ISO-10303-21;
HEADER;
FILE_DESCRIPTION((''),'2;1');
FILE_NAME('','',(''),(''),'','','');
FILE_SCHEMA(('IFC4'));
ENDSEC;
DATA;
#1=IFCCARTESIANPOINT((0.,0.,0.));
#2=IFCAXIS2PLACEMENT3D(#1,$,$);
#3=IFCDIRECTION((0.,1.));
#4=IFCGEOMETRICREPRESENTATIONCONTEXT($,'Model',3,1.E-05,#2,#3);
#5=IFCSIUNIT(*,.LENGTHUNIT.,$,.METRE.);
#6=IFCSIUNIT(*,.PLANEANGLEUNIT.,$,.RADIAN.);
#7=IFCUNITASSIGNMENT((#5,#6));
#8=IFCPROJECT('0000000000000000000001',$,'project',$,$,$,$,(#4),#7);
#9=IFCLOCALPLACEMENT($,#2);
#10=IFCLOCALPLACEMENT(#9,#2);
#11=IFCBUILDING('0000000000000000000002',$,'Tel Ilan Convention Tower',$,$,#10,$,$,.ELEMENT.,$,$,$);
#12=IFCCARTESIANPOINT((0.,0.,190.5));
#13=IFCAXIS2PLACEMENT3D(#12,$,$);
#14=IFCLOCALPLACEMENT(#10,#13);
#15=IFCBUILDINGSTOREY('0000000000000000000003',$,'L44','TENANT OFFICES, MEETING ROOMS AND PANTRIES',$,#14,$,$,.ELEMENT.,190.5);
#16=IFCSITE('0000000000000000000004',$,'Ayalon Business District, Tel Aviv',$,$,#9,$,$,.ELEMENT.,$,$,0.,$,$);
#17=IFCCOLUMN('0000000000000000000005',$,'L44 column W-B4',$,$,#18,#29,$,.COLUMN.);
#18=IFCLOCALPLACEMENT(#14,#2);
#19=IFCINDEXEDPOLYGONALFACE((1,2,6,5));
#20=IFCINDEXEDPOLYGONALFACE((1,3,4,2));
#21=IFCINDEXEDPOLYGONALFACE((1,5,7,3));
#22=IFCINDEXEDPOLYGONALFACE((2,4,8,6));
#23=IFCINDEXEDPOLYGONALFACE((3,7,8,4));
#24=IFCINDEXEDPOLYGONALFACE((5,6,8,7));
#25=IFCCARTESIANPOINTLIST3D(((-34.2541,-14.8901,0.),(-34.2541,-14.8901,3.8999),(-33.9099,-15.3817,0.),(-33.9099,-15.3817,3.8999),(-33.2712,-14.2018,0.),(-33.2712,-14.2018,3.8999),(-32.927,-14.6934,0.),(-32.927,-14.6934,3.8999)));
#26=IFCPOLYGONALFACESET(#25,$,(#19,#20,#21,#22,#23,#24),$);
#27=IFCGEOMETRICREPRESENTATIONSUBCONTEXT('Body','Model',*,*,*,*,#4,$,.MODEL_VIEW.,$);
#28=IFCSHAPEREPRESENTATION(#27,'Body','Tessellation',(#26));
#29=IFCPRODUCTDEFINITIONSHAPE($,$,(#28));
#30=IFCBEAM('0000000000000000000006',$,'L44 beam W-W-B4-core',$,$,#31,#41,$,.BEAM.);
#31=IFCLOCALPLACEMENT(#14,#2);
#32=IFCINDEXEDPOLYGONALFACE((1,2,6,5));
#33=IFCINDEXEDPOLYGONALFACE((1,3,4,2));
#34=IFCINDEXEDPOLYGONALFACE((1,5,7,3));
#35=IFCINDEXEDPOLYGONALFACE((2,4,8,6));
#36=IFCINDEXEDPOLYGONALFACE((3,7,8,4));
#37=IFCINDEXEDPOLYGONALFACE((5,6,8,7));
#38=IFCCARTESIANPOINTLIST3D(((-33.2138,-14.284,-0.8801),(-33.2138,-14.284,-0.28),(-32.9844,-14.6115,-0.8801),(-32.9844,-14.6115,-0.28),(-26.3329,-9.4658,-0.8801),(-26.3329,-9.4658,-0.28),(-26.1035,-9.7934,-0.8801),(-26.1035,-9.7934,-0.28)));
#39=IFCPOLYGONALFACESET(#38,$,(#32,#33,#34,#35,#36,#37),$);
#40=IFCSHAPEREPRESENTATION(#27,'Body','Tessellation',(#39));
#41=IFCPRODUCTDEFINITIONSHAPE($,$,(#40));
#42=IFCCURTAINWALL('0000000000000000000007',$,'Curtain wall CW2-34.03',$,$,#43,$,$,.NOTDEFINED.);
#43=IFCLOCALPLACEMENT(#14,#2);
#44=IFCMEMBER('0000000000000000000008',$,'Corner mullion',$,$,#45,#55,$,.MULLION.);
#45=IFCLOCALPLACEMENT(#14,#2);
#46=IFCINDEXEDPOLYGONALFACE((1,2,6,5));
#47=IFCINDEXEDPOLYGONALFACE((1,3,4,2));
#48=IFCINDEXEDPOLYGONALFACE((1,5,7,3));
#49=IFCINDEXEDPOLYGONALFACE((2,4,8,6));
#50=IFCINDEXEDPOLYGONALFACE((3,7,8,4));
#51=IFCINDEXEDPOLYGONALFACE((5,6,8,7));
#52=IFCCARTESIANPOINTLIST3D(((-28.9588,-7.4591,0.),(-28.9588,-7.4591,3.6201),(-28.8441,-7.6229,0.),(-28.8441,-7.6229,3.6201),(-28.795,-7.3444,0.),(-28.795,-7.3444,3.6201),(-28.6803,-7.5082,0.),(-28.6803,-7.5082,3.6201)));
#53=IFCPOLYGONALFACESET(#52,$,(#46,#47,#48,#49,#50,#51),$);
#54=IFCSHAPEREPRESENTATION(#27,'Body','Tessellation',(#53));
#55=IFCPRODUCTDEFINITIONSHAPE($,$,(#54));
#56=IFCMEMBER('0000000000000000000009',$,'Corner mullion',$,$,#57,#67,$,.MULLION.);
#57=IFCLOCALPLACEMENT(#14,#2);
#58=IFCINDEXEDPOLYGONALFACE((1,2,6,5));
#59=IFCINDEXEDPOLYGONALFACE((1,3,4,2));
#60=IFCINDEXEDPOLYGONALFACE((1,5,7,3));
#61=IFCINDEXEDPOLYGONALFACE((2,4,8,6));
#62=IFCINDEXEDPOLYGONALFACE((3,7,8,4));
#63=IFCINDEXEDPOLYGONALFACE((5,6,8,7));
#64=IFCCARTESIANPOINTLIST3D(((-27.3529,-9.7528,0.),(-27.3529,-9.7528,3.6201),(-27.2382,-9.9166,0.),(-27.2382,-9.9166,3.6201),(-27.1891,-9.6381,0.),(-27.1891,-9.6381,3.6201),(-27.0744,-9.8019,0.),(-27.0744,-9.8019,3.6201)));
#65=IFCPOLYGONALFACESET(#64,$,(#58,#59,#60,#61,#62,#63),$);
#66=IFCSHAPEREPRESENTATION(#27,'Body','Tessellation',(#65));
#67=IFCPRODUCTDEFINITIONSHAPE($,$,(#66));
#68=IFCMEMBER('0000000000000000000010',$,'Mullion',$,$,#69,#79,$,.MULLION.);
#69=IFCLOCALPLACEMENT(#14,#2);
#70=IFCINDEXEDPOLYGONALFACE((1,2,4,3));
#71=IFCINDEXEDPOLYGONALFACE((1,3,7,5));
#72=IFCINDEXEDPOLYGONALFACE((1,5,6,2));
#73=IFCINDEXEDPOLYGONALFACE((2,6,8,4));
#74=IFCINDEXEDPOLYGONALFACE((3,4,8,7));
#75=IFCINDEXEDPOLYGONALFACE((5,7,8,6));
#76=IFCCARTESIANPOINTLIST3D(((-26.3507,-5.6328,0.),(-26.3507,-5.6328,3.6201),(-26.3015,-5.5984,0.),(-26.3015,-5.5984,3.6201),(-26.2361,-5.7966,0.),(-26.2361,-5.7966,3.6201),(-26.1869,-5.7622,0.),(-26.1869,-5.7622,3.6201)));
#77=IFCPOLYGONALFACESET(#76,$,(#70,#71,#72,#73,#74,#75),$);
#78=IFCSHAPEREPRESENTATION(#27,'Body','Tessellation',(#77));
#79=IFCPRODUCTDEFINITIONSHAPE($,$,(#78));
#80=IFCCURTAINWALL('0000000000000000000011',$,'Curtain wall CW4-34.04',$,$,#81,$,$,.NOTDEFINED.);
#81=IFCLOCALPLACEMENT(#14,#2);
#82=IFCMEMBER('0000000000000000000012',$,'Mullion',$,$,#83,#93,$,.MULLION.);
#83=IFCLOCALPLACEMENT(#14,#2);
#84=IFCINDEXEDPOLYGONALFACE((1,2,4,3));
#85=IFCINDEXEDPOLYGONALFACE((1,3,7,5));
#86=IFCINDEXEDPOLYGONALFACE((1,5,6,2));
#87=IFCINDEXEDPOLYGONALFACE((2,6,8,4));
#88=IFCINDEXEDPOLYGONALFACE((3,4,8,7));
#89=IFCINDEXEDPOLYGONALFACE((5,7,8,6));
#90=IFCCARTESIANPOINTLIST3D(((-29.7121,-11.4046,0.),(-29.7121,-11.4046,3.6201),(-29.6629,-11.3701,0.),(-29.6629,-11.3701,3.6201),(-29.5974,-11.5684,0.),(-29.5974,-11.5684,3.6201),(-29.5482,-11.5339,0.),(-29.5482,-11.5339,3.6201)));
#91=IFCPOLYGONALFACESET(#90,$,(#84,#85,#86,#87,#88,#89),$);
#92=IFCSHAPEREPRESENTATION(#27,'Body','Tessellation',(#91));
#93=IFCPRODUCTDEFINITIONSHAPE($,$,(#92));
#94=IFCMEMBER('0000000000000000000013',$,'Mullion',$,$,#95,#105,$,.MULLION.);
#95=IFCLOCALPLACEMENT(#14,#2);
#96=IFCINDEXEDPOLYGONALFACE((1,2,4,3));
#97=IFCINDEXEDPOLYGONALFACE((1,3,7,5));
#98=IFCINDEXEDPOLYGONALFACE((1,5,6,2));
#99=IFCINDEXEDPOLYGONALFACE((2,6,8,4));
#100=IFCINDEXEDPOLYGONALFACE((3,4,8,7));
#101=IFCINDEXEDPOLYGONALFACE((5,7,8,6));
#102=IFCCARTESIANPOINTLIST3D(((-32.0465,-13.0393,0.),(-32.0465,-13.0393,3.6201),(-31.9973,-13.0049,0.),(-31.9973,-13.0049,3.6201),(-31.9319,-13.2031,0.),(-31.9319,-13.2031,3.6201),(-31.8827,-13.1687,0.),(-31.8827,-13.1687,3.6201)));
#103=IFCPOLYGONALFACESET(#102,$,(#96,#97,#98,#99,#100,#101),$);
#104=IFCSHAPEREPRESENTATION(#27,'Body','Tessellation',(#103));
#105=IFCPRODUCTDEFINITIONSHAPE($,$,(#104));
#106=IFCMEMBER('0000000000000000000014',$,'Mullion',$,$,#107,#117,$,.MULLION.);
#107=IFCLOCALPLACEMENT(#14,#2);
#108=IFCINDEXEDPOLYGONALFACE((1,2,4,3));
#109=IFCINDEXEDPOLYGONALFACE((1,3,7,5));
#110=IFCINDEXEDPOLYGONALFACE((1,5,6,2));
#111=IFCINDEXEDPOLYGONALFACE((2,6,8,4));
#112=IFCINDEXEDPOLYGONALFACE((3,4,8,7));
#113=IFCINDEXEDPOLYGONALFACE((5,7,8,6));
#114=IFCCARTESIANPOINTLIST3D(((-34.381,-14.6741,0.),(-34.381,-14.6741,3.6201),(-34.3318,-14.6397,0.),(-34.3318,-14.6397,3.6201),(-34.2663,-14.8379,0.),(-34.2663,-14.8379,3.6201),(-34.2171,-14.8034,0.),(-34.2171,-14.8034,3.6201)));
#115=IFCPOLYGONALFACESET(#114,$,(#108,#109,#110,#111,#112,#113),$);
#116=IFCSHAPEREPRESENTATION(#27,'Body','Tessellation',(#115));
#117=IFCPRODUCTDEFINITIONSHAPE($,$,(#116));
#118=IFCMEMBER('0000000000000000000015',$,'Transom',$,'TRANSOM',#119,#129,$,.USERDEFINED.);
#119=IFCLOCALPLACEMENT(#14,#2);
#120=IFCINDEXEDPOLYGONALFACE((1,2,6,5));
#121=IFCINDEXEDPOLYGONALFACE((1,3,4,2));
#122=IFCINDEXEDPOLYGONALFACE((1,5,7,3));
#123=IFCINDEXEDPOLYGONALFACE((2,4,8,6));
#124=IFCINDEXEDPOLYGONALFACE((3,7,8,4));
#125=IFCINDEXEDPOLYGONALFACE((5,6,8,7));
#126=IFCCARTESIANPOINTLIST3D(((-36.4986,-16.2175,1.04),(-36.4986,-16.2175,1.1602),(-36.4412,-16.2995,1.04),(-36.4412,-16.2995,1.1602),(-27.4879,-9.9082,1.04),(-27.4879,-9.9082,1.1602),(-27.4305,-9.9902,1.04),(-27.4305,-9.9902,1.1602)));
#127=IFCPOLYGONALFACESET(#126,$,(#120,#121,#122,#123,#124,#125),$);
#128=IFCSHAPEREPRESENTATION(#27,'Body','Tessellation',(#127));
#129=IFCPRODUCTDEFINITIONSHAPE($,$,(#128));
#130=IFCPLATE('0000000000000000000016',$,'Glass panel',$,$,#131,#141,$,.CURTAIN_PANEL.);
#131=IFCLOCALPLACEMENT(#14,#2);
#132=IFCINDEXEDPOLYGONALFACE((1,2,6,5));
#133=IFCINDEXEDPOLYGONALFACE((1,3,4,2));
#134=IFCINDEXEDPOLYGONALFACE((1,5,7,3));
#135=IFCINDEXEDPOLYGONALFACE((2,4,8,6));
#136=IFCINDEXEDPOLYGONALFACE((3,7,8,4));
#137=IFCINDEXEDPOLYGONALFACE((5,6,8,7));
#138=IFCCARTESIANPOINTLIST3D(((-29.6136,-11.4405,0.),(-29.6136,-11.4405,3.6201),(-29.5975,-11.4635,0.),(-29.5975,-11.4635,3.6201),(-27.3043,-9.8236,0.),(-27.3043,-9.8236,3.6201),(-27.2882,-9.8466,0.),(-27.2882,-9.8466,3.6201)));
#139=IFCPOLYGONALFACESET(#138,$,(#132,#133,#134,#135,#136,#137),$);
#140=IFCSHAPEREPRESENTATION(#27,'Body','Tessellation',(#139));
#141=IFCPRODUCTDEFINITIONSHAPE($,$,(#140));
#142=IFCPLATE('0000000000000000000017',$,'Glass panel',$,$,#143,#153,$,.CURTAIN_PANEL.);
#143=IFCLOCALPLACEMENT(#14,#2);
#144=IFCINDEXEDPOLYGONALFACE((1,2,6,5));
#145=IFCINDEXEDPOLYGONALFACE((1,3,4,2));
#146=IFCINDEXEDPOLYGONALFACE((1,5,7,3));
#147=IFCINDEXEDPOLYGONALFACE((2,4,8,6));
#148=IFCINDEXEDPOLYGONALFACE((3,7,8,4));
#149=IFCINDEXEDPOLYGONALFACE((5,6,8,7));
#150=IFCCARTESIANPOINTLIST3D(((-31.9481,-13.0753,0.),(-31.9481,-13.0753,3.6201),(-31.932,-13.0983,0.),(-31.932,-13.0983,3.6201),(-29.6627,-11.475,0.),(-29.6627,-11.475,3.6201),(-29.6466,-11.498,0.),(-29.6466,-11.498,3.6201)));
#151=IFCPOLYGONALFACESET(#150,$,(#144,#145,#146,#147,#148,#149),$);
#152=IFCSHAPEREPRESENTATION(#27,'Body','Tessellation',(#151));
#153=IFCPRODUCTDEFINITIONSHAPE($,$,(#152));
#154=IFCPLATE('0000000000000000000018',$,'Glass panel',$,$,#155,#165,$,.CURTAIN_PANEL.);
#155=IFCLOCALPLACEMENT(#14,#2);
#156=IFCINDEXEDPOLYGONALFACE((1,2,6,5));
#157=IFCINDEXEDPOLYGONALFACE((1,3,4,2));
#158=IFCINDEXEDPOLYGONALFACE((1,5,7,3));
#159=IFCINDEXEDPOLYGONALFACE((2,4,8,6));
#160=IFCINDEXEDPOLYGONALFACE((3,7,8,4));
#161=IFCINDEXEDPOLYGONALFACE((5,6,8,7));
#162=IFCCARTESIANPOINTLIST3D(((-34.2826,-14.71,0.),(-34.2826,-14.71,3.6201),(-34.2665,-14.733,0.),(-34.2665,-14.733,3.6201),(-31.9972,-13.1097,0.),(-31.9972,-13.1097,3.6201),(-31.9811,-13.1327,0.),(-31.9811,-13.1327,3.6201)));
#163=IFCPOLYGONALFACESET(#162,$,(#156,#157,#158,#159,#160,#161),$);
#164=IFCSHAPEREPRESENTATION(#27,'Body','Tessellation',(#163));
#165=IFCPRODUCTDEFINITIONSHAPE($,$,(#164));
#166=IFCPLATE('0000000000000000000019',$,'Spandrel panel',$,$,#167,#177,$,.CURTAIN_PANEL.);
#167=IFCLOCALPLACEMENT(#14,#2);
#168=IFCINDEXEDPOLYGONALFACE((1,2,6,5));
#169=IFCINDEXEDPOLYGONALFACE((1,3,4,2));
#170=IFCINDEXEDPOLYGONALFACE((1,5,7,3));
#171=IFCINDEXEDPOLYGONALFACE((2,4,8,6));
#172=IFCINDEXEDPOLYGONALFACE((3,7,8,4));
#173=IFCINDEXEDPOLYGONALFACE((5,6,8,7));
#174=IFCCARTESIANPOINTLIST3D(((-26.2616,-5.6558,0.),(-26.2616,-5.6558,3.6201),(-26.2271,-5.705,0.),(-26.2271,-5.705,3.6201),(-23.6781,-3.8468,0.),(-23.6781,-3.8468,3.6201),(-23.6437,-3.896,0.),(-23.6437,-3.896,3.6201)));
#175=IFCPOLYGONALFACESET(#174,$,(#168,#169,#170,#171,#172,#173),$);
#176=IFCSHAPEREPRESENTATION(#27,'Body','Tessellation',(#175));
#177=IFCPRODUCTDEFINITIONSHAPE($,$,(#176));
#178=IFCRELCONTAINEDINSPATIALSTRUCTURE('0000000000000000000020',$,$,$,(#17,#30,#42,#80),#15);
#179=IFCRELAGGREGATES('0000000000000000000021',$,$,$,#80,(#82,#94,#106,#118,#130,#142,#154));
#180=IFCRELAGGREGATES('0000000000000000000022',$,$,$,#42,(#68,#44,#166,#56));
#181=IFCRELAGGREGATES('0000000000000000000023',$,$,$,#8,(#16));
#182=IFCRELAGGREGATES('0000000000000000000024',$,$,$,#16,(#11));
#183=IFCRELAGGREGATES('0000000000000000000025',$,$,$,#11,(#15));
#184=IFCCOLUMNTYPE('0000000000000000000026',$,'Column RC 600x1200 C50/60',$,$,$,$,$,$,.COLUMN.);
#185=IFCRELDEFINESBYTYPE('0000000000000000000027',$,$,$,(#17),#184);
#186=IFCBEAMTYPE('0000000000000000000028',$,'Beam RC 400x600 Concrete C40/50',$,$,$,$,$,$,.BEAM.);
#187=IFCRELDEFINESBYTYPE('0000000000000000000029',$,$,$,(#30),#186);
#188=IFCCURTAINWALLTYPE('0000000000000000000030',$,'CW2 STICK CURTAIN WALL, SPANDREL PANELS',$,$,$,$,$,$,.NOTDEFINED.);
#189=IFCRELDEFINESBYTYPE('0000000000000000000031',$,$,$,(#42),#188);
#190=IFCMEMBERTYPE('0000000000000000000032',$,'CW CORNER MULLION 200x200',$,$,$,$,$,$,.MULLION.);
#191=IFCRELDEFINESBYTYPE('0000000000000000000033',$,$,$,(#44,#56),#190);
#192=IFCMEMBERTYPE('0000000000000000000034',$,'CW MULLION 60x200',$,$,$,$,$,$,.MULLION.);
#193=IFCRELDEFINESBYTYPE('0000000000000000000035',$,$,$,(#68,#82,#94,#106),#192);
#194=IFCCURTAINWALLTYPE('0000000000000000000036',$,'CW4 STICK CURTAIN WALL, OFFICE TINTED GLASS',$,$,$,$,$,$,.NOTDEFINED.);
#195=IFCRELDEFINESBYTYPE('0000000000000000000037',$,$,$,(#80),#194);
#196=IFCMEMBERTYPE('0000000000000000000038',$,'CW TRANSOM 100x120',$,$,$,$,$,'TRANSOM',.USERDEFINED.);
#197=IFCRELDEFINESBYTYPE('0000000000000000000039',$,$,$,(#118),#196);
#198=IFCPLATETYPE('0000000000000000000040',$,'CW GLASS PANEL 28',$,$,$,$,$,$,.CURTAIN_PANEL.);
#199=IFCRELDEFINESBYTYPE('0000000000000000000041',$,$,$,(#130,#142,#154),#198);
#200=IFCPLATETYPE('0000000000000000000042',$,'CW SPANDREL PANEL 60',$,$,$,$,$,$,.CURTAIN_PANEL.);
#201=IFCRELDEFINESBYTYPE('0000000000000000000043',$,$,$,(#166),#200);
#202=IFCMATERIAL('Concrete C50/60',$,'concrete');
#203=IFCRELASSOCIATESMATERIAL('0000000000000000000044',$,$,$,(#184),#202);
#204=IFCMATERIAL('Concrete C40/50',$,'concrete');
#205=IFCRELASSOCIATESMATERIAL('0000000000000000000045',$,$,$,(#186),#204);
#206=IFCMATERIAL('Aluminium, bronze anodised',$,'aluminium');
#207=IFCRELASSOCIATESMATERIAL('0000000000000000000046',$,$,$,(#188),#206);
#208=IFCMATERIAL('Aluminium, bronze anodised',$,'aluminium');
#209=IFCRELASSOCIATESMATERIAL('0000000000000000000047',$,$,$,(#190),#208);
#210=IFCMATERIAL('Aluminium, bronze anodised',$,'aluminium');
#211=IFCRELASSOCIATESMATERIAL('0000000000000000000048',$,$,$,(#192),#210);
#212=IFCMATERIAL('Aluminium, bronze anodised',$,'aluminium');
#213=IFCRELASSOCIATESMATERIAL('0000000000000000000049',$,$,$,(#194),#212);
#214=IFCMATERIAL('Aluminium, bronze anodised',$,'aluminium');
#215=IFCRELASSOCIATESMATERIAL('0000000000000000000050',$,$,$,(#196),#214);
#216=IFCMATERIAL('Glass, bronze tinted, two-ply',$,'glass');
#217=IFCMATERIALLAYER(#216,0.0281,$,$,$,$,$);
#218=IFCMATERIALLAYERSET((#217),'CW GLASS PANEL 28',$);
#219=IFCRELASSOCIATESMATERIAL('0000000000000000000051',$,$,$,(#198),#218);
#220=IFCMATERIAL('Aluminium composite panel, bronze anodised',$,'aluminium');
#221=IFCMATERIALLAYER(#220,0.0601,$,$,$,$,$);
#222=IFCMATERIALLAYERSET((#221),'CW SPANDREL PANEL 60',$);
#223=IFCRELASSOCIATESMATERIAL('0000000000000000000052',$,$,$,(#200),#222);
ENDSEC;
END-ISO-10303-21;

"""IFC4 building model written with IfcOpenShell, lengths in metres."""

from ifc_helpers import new_model, si_unit, direction, frame, origin, origin_2d, place, context, subcontext, project, spatial, rectangle, extrude, material, layer, layer_set, material_profile, profile_set, type_object, element, aggregate, save


model = new_model("IFC4")

# Units and contexts
model_context = context("Model", 3, precision=1e-05, world=origin(), true_north=direction((0.0, 1.0)))
body_context = subcontext(model_context, "Body", "Model", "MODEL_VIEW")
ifc_project = project(units=[si_unit("LENGTHUNIT", "METRE"), si_unit("PLANEANGLEUNIT", "RADIAN")], contexts=[model_context])

# Site, building, storey
site_placement = place(None, origin())
site = spatial("IfcSite", under=ifc_project, at=site_placement, Name="Ayalon Business District, Tel Aviv", CompositionType="ELEMENT", RefElevation=0.0)
building_placement = place(site_placement, origin())
building = spatial("IfcBuilding", under=site, at=building_placement, Name="Tel Ilan Convention Tower", CompositionType="ELEMENT")
storey_placement = place(building_placement, frame((0.0, 0.0, 190.5)))
storey = spatial("IfcBuildingStorey", under=building, at=storey_placement, Name="L44", Description="TENANT OFFICES, MEETING ROOMS AND PANTRIES", CompositionType="ELEMENT", Elevation=190.5)

# Column
ifc_material_1 = material(Name="Concrete C50/60", Category="concrete")
ifc_material_profile_1 = material_profile(ifc_material_1, rectangle(XDim=1.2, YDim=0.6001, at=origin_2d()), Name="RC 600x1200")
ifc_profile_set_1 = profile_set([ifc_material_profile_1], Name="Concrete C50/60")
column_type = type_object("IfcColumnType", Name="Column RC 600x1200 C50/60", PredefinedType="COLUMN", material=ifc_profile_set_1)
column_placement = place(storey_placement, frame((-33.5906, -14.7917, 0.0), z_axis=(0.0, 0.0, 1.0), x_axis=(-0.819152, -0.573576, 0.0)))
element("IfcColumn", 1, at=column_placement, inside=storey, type_object=column_type, Name="L44 column W-B4", PredefinedType="COLUMN", context=body_context, shape_type="SweptSolid", body=[
    extrude(rectangle(XDim=1.2, YDim=0.6001, at=origin_2d()), origin(), (0.0, 0.0, 1.0), 3.8999),
])

# Beam
ifc_material_2 = material(Name="Concrete C40/50", Category="concrete")
ifc_material_profile_2 = material_profile(ifc_material_2, rectangle(XDim=0.3999, YDim=0.6001, at=origin_2d()), Name="RC 400x600")
ifc_profile_set_2 = profile_set([ifc_material_profile_2], Name="Concrete C40/50")
beam_type = type_object("IfcBeamType", Name="Beam RC 400x600 Concrete C40/50", PredefinedType="BEAM", material=ifc_profile_set_2)
beam_placement = place(storey_placement, frame((-33.0991, -14.4478, -0.5801), z_axis=(0.819147, 0.573583, 0.0), x_axis=(-0.573583, 0.819147, 0.0)))
element("IfcBeam", 2, at=beam_placement, inside=storey, type_object=beam_type, Name="L44 beam W-W-B4-core", PredefinedType="BEAM", context=body_context, shape_type="SweptSolid", body=[
    extrude(rectangle(XDim=0.3999, YDim=0.6001, at=origin_2d()), origin(), (0.0, 0.0, 1.0), 8.4001),
])

# Curtain wall, members
ifc_material_3 = material(Name="Aluminium, bronze anodised", Category="aluminium")
curtain_wall_type_1 = type_object("IfcCurtainWallType", Name="CW2 STICK CURTAIN WALL, SPANDREL PANELS", PredefinedType="NOTDEFINED", material=ifc_material_3)
curtain_wall_1_placement = place(storey_placement, origin())
curtain_wall_1 = element("IfcCurtainWall", 3, at=curtain_wall_1_placement, inside=storey, type_object=curtain_wall_type_1, Name="Curtain wall CW2-34.03", PredefinedType="NOTDEFINED")
ifc_material_4 = material(Name="Aluminium, bronze anodised", Category="aluminium")
ifc_material_profile_3 = material_profile(ifc_material_4, rectangle(XDim=0.2, YDim=0.2, at=origin_2d()), Name="CW CORNER MULLION 200x200")
ifc_profile_set_3 = profile_set([ifc_material_profile_3], Name="Aluminium, bronze anodised")
member_type_1 = type_object("IfcMemberType", Name="CW CORNER MULLION 200x200", PredefinedType="MULLION", material=ifc_profile_set_3)
member_1_placement = place(storey_placement, frame((-28.8196, -7.4836, 0.0), z_axis=(0.0, 0.0, 1.0), x_axis=(-0.819152, -0.573576, 0.0)))
member_1 = element("IfcMember", 4, at=member_1_placement, type_object=member_type_1, Name="Corner mullion", PredefinedType="MULLION", context=body_context, shape_type="SweptSolid", body=[
    extrude(rectangle(XDim=0.2, YDim=0.2, at=origin_2d()), origin(), (0.0, 0.0, 1.0), 3.6201),
])
member_2_placement = place(storey_placement, frame((-27.2136, -9.7773, 0.0), z_axis=(0.0, 0.0, 1.0), x_axis=(0.573576, -0.819152, 0.0)))
member_2 = element("IfcMember", 5, at=member_2_placement, type_object=member_type_1, Name="Corner mullion", PredefinedType="MULLION", context=body_context, shape_type="SweptSolid", body=[
    extrude(rectangle(XDim=0.2, YDim=0.2, at=origin_2d()), origin(), (0.0, 0.0, 1.0), 3.6201),
])
ifc_material_5 = material(Name="Aluminium, bronze anodised", Category="aluminium")
ifc_material_profile_4 = material_profile(ifc_material_5, rectangle(XDim=0.0601, YDim=0.2, at=origin_2d()), Name="CW MULLION 60x200")
ifc_profile_set_4 = profile_set([ifc_material_profile_4], Name="Aluminium, bronze anodised")
member_type_2 = type_object("IfcMemberType", Name="CW MULLION 60x200", PredefinedType="MULLION", material=ifc_profile_set_4)
member_3_placement = place(storey_placement, frame((-26.2688, -5.6975, 0.0), z_axis=(0.0, 0.0, 1.0), x_axis=(-0.819152, -0.573576, 0.0)))
member_3 = element("IfcMember", 6, at=member_3_placement, type_object=member_type_2, Name="Mullion", PredefinedType="MULLION", context=body_context, shape_type="SweptSolid", body=[
    extrude(rectangle(XDim=0.0601, YDim=0.2, at=origin_2d()), origin(), (0.0, 0.0, 1.0), 3.6201),
])

# Curtain wall, members, plates
ifc_material_6 = material(Name="Aluminium, bronze anodised", Category="aluminium")
curtain_wall_type_2 = type_object("IfcCurtainWallType", Name="CW4 STICK CURTAIN WALL, OFFICE TINTED GLASS", PredefinedType="NOTDEFINED", material=ifc_material_6)
curtain_wall_2_placement = place(storey_placement, origin())
curtain_wall_2 = element("IfcCurtainWall", 7, at=curtain_wall_2_placement, inside=storey, type_object=curtain_wall_type_2, Name="Curtain wall CW4-34.04", PredefinedType="NOTDEFINED")
member_4_placement = place(storey_placement, frame((-29.6301, -11.4692, 0.0), z_axis=(0.0, 0.0, 1.0), x_axis=(-0.819152, -0.573576, 0.0)))
member_4 = element("IfcMember", 8, at=member_4_placement, type_object=member_type_2, Name="Mullion", PredefinedType="MULLION", context=body_context, shape_type="SweptSolid", body=[
    extrude(rectangle(XDim=0.0601, YDim=0.2, at=origin_2d()), origin(), (0.0, 0.0, 1.0), 3.6201),
])
member_5_placement = place(storey_placement, frame((-31.9646, -13.104, 0.0), z_axis=(0.0, 0.0, 1.0), x_axis=(-0.819152, -0.573576, 0.0)))
member_5 = element("IfcMember", 9, at=member_5_placement, type_object=member_type_2, Name="Mullion", PredefinedType="MULLION", context=body_context, shape_type="SweptSolid", body=[
    extrude(rectangle(XDim=0.0601, YDim=0.2, at=origin_2d()), origin(), (0.0, 0.0, 1.0), 3.6201),
])
member_6_placement = place(storey_placement, frame((-34.2991, -14.7388, 0.0), z_axis=(0.0, 0.0, 1.0), x_axis=(-0.819152, -0.573576, 0.0)))
member_6 = element("IfcMember", 10, at=member_6_placement, type_object=member_type_2, Name="Mullion", PredefinedType="MULLION", context=body_context, shape_type="SweptSolid", body=[
    extrude(rectangle(XDim=0.0601, YDim=0.2, at=origin_2d()), origin(), (0.0, 0.0, 1.0), 3.6201),
])
ifc_material_7 = material(Name="Aluminium, bronze anodised", Category="aluminium")
ifc_material_profile_5 = material_profile(ifc_material_7, rectangle(XDim=0.1001, YDim=0.1201, at=origin_2d()), Name="CW TRANSOM 100x120")
ifc_profile_set_5 = profile_set([ifc_material_profile_5], Name="Aluminium, bronze anodised")
member_type_3 = type_object("IfcMemberType", Name="CW TRANSOM 100x120", ElementType="TRANSOM", PredefinedType="USERDEFINED", material=ifc_profile_set_5)
member_7_placement = place(storey_placement, frame((-27.4592, -9.9492, 1.1001), z_axis=(-0.819155, -0.573573, 0.0), x_axis=(0.573573, -0.819155, 0.0)))
member_7 = element("IfcMember", 11, at=member_7_placement, type_object=member_type_3, Name="Transom", ObjectType="TRANSOM", PredefinedType="USERDEFINED", context=body_context, shape_type="SweptSolid", body=[
    extrude(rectangle(XDim=0.1001, YDim=0.1201, at=origin_2d()), origin(), (0.0, 0.0, 1.0), 11.0),
])
ifc_material_8 = material(Name="Glass, bronze tinted, two-ply", Category="glass")
ifc_layer_1 = layer(ifc_material_8, 0.0281)
ifc_layer_set_1 = layer_set([ifc_layer_1], Name="CW GLASS PANEL 28")
plate_type_1 = type_object("IfcPlateType", Name="CW GLASS PANEL 28", PredefinedType="CURTAIN_PANEL", material=ifc_layer_set_1)
plate_1_placement = place(storey_placement, frame((-28.4509, -10.6436, 0.0), z_axis=(0.0, 0.0, 1.0), x_axis=(-0.819152, -0.573576, 0.0)))
plate_1 = element("IfcPlate", 12, at=plate_1_placement, type_object=plate_type_1, Name="Glass panel", PredefinedType="CURTAIN_PANEL", context=body_context, shape_type="SweptSolid", body=[
    extrude(rectangle(XDim=2.8191, YDim=0.0281, at=origin_2d()), origin(), (0.0, 0.0, 1.0), 3.6201),
])
plate_2_placement = place(storey_placement, frame((-30.7974, -12.2866, 0.0), z_axis=(0.0, 0.0, 1.0), x_axis=(-0.819152, -0.573576, 0.0)))
plate_2 = element("IfcPlate", 13, at=plate_2_placement, type_object=plate_type_1, Name="Glass panel", PredefinedType="CURTAIN_PANEL", context=body_context, shape_type="SweptSolid", body=[
    extrude(rectangle(XDim=2.79, YDim=0.0281, at=origin_2d()), origin(), (0.0, 0.0, 1.0), 3.6201),
])
plate_3_placement = place(storey_placement, frame((-33.1318, -13.9214, 0.0), z_axis=(0.0, 0.0, 1.0), x_axis=(-0.819152, -0.573576, 0.0)))
plate_3 = element("IfcPlate", 14, at=plate_3_placement, type_object=plate_type_1, Name="Glass panel", PredefinedType="CURTAIN_PANEL", context=body_context, shape_type="SweptSolid", body=[
    extrude(rectangle(XDim=2.79, YDim=0.0281, at=origin_2d()), origin(), (0.0, 0.0, 1.0), 3.6201),
])
aggregate(curtain_wall_2, [member_4, member_5, member_6, member_7, plate_1, plate_2, plate_3])

# Plate
ifc_material_9 = material(Name="Aluminium composite panel, bronze anodised", Category="aluminium")
ifc_layer_2 = layer(ifc_material_9, 0.0601)
ifc_layer_set_2 = layer_set([ifc_layer_2], Name="CW SPANDREL PANEL 60")
plate_type_2 = type_object("IfcPlateType", Name="CW SPANDREL PANEL 60", PredefinedType="CURTAIN_PANEL", material=ifc_layer_set_2)
plate_4_placement = place(storey_placement, frame((-24.9526, -4.7759, 0.0), z_axis=(0.0, 0.0, 1.0), x_axis=(-0.819152, -0.573576, 0.0)))
plate_4 = element("IfcPlate", 15, at=plate_4_placement, type_object=plate_type_2, Name="Spandrel panel", PredefinedType="CURTAIN_PANEL", context=body_context, shape_type="SweptSolid", body=[
    extrude(rectangle(XDim=3.1538, YDim=0.0601, at=origin_2d()), origin(), (0.0, 0.0, 1.0), 3.6201),
])
aggregate(curtain_wall_1, [member_3, member_1, plate_4, member_2])

save(model, "model.ifc")
